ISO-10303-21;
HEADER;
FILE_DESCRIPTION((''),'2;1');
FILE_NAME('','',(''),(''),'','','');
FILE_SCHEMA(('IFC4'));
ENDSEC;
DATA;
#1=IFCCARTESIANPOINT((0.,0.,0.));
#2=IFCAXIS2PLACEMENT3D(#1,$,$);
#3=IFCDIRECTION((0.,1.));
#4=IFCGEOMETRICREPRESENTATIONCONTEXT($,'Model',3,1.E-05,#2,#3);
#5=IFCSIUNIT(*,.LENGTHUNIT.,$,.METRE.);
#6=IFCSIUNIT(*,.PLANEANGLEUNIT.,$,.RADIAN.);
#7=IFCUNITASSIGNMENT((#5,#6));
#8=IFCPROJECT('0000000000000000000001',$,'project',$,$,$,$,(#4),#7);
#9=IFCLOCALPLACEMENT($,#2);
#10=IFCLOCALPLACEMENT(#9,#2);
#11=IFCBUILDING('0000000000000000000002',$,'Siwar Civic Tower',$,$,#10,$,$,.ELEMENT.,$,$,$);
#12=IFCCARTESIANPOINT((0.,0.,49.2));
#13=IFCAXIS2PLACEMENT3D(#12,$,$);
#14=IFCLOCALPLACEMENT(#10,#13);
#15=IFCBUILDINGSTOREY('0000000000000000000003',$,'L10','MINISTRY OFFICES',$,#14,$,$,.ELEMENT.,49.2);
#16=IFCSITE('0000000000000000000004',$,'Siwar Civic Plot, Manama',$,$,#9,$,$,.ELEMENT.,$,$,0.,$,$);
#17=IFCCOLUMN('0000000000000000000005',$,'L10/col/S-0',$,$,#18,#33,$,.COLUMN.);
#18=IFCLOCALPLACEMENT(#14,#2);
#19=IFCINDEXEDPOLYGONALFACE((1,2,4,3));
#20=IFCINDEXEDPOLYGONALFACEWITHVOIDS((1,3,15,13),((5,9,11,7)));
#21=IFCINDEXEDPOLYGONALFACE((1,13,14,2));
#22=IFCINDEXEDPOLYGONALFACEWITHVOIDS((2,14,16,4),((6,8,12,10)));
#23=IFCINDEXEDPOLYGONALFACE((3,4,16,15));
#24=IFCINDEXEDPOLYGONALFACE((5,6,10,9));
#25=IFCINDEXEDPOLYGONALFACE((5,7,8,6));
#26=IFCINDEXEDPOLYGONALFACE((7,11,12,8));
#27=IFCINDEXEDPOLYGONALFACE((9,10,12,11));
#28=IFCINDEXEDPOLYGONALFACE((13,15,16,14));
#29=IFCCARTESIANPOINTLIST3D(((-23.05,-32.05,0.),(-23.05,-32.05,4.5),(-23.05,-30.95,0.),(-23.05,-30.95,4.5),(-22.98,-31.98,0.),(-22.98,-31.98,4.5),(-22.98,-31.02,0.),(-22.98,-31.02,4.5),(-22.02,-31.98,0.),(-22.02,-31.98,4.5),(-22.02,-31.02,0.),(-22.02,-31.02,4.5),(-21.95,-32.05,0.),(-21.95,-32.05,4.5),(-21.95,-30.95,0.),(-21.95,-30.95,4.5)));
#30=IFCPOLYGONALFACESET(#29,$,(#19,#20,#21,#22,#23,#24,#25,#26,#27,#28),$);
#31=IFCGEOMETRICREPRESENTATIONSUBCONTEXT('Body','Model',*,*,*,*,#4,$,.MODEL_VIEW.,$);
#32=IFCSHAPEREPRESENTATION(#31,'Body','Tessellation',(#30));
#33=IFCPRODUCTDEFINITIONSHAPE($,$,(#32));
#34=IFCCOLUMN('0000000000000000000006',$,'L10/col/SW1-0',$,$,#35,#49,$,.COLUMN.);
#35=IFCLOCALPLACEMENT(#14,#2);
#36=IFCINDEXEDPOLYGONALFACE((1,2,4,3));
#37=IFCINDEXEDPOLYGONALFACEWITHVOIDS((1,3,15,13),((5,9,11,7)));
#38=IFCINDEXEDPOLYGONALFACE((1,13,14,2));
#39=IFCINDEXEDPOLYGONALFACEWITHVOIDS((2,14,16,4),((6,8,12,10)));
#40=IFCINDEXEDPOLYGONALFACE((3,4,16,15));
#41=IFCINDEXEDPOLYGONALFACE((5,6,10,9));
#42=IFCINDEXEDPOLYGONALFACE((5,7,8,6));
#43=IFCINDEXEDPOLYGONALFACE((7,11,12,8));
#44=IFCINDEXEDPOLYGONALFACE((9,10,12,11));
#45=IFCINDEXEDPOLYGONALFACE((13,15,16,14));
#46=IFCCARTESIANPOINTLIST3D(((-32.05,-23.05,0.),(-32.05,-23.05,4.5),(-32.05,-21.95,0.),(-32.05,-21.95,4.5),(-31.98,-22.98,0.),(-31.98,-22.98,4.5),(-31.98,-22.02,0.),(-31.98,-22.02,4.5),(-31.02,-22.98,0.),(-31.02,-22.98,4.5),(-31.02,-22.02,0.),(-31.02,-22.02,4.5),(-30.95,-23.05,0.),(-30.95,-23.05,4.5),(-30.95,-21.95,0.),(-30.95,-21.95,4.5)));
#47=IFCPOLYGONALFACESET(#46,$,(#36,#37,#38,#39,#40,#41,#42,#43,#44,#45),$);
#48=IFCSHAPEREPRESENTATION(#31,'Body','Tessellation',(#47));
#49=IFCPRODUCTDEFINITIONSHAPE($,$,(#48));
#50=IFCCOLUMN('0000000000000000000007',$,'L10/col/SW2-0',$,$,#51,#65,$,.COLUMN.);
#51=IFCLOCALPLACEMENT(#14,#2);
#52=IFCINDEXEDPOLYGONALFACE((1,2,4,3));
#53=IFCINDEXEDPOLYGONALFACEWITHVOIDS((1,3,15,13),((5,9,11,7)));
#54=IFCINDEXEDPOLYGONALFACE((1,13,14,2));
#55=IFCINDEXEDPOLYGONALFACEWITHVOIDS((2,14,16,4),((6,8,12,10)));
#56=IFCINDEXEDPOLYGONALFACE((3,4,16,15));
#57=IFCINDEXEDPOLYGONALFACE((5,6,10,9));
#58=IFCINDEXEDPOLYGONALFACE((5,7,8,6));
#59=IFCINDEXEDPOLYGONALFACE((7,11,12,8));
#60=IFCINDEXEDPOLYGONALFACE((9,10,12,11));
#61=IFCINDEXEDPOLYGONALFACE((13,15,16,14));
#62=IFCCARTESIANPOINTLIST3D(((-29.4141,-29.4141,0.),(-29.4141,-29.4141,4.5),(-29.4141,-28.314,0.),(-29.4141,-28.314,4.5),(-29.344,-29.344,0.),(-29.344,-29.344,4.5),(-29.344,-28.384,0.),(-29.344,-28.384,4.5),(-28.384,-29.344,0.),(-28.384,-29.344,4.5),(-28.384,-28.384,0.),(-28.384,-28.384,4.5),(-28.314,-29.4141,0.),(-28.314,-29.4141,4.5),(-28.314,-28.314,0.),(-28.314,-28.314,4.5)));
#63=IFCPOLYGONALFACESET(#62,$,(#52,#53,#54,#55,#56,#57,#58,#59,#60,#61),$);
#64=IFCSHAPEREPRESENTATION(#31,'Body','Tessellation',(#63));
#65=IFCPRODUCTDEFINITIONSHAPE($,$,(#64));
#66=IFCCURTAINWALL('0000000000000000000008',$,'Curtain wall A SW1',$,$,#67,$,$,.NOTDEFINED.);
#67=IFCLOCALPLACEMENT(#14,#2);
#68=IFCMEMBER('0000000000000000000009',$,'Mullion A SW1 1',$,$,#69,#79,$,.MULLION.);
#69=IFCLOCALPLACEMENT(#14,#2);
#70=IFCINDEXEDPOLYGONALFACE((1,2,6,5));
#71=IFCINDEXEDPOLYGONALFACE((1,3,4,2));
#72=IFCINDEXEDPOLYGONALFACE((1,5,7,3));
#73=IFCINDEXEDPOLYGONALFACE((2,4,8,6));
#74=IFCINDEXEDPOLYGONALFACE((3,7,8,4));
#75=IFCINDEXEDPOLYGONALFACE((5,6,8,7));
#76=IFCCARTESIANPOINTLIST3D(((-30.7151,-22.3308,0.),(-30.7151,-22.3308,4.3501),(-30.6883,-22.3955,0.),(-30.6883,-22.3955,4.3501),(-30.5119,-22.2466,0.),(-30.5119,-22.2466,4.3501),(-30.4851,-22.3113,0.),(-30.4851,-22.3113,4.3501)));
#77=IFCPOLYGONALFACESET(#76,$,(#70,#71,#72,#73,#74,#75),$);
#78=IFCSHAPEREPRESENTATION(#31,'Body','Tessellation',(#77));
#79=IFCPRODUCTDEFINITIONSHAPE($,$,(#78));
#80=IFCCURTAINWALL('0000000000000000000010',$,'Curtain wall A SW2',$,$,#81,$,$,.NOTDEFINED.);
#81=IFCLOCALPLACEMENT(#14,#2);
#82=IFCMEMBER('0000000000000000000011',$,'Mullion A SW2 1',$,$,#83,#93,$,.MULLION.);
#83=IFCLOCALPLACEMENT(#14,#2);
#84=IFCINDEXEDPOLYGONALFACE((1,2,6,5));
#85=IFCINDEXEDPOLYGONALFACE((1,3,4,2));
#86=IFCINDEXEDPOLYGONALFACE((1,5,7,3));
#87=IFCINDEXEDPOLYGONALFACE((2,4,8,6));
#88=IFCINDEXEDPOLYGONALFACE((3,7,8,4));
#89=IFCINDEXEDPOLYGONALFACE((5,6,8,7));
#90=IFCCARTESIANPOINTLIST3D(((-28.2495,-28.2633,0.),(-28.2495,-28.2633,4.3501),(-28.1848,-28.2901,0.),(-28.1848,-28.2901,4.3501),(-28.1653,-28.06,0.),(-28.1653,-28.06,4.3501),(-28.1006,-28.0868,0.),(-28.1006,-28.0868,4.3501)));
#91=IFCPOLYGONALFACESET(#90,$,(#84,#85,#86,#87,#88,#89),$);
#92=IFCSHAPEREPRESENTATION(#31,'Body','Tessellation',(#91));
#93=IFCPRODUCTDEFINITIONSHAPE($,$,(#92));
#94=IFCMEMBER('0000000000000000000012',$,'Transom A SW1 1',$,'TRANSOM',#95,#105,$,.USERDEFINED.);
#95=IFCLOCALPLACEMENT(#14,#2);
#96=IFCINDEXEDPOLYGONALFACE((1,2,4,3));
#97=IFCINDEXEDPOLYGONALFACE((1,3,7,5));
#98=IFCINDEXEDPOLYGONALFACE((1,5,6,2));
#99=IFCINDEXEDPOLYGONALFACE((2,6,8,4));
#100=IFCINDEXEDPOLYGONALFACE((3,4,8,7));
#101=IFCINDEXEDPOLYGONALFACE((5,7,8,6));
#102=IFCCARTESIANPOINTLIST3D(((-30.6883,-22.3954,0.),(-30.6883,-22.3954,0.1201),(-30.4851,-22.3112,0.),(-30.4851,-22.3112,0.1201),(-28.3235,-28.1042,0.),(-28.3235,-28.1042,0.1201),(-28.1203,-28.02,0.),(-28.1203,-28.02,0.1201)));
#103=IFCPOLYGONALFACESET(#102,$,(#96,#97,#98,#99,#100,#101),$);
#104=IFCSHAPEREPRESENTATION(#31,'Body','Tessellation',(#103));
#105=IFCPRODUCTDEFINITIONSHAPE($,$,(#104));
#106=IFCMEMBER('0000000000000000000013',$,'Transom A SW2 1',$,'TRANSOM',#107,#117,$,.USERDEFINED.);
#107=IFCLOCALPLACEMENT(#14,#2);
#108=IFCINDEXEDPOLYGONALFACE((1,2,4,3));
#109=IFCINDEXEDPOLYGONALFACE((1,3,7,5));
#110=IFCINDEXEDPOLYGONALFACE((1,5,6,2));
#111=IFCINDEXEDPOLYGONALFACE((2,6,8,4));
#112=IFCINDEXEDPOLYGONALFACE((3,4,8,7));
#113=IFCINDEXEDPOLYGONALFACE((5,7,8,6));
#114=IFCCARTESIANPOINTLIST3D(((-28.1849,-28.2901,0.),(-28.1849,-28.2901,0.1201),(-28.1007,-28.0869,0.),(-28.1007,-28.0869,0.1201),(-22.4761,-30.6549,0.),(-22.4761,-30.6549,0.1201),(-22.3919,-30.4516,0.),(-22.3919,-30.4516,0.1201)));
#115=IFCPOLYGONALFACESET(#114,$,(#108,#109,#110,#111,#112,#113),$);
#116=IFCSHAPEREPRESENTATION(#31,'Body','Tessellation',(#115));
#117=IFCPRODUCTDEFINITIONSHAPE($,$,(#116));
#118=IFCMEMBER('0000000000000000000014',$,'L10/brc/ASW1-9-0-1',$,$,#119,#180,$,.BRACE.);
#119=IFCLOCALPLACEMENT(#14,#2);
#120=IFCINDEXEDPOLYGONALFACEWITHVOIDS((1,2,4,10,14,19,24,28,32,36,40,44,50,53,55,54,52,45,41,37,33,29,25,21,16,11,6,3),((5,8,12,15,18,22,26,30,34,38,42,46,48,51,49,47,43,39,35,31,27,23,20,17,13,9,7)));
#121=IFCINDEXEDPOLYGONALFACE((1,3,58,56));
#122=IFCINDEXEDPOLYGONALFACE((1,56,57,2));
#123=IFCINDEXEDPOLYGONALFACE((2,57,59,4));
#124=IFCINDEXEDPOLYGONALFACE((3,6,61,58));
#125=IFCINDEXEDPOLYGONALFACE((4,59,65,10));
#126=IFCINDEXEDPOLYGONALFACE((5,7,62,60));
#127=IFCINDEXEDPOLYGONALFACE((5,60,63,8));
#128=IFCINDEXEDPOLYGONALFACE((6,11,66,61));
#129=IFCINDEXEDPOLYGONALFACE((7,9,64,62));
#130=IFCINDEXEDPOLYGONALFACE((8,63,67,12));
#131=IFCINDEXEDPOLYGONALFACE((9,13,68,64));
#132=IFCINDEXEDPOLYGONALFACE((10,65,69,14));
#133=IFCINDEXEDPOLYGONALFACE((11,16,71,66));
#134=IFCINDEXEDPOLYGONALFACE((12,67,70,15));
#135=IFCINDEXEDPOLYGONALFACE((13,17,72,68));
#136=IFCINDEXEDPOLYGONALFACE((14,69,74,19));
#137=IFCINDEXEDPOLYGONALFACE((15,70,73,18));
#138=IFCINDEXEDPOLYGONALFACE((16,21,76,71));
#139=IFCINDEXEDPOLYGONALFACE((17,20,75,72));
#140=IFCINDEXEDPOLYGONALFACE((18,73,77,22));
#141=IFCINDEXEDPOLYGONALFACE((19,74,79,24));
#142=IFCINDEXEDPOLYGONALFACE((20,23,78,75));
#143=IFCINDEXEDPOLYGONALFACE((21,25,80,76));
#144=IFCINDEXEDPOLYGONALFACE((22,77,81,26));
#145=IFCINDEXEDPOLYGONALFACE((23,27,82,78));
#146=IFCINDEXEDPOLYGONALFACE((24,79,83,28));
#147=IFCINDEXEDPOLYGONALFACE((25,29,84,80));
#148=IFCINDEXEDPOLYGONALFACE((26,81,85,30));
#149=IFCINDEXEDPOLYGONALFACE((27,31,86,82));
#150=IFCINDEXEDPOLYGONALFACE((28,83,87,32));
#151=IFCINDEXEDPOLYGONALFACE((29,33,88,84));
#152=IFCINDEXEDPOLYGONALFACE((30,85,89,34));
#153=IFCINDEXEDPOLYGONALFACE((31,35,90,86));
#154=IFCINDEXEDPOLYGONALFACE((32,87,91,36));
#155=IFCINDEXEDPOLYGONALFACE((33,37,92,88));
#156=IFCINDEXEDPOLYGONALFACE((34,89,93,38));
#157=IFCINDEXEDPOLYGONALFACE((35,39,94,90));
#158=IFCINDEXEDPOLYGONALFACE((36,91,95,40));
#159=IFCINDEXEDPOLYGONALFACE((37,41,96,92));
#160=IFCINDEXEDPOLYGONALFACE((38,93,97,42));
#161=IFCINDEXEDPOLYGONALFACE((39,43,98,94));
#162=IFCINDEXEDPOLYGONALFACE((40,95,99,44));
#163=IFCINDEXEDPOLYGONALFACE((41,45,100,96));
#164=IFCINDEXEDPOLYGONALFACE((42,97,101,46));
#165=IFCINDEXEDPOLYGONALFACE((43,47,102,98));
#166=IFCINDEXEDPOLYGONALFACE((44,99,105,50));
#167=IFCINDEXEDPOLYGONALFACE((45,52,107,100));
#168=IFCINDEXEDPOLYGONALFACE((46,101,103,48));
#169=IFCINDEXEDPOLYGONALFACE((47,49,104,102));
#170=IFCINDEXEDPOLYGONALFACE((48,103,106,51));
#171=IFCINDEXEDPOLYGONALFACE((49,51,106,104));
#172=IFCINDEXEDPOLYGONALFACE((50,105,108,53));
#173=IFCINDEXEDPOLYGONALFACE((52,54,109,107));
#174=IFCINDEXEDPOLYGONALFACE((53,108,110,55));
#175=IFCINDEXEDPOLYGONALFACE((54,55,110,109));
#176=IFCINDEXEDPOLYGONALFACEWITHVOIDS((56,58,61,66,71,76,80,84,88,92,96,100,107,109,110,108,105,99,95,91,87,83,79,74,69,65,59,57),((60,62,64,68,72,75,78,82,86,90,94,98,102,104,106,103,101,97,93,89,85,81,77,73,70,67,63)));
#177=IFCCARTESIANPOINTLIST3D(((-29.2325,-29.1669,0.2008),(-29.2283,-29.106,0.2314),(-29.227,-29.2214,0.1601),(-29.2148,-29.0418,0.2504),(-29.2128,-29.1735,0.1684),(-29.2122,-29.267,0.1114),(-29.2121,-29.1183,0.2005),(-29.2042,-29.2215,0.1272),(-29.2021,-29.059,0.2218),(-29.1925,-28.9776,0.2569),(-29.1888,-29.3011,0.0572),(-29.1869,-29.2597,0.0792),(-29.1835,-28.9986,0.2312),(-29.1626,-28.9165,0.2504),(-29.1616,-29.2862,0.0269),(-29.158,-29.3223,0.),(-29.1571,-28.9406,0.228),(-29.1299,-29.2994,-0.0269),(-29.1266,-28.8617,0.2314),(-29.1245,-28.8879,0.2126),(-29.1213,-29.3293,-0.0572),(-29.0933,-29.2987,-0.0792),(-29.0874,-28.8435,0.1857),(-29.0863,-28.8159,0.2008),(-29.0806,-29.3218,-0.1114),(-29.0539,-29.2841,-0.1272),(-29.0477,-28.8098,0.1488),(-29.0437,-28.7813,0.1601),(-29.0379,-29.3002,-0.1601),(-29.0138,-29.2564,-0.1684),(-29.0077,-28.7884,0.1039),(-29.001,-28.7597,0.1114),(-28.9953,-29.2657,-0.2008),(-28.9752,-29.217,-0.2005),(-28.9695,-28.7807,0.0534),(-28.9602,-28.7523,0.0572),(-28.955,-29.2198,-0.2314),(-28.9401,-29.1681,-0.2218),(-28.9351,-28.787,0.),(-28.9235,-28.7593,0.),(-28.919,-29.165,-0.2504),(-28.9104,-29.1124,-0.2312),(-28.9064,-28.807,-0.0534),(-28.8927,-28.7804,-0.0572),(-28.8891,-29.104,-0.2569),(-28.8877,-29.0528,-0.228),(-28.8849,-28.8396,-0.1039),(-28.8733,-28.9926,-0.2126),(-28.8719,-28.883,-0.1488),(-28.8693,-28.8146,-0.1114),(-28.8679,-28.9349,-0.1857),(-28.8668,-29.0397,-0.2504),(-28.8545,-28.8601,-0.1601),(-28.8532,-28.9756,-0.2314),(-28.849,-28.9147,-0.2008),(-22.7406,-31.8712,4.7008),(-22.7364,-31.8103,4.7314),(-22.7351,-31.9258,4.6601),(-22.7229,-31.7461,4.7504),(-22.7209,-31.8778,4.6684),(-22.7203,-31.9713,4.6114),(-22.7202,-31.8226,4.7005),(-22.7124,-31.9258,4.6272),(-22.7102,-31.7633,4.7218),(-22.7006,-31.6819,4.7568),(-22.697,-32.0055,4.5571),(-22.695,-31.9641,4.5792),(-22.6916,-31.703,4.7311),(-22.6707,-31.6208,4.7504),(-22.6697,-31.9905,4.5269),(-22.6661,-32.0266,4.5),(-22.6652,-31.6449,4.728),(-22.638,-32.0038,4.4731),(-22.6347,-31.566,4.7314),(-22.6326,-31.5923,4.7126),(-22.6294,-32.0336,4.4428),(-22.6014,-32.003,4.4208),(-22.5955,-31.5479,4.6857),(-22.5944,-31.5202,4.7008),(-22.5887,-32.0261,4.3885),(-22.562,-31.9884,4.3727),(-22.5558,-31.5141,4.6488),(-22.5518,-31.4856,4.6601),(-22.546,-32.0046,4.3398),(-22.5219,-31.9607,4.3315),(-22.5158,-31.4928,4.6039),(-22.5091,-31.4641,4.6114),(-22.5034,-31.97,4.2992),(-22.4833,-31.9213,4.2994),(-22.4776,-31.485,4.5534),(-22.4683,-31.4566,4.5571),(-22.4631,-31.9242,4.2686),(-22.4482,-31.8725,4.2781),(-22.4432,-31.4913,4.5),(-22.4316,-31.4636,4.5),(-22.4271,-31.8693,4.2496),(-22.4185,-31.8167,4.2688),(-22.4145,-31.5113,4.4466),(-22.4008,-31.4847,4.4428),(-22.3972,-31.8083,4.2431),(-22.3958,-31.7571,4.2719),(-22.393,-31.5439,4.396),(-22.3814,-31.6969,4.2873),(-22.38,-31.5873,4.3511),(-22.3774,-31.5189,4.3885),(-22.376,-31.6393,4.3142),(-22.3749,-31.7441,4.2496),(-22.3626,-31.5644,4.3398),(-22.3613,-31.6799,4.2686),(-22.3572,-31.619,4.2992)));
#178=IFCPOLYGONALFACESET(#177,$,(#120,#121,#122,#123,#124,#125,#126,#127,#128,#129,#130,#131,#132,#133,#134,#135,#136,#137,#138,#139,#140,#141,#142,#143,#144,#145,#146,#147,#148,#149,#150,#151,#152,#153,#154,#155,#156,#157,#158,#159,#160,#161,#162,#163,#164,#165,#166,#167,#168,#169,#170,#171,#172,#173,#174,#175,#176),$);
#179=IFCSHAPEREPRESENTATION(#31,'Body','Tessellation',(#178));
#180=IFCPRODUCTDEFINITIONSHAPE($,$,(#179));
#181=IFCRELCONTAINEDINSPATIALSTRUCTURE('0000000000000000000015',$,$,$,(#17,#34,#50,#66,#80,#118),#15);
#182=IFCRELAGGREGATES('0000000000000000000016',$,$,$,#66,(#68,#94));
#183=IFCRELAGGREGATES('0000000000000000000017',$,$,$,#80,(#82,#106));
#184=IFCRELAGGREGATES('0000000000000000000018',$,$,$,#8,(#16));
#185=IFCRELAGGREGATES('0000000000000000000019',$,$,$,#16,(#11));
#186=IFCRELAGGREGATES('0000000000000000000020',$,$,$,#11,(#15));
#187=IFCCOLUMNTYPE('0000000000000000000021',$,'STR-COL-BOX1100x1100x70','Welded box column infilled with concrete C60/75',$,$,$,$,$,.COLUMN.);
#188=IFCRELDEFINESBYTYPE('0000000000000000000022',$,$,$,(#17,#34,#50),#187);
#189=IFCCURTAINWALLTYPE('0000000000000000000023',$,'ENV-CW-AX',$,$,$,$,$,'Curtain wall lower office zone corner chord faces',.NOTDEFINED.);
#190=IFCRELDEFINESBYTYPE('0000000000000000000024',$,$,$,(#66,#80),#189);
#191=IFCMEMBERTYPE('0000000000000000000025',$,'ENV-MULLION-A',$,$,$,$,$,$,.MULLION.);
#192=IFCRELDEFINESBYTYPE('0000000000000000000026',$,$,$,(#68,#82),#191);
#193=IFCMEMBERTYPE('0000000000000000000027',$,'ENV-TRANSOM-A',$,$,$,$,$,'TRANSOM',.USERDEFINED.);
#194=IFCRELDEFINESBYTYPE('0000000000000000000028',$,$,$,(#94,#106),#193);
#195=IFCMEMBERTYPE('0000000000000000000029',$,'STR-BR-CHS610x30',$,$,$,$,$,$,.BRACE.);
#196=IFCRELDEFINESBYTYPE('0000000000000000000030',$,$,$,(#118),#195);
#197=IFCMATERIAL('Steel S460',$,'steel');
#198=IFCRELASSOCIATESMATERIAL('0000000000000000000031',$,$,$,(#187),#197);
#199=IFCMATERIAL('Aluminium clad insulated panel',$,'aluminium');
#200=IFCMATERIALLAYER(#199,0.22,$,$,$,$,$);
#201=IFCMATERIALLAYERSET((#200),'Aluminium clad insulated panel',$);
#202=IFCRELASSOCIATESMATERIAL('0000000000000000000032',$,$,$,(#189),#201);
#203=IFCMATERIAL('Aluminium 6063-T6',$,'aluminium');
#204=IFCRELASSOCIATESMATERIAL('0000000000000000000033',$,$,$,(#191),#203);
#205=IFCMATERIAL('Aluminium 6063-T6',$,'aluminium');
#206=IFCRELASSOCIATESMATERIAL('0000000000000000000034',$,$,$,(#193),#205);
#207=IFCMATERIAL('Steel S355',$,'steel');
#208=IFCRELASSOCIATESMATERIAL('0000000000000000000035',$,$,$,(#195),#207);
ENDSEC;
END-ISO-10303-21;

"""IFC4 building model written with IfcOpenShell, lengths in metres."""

from ifc_helpers import new_model, si_unit, direction, frame, origin, origin_2d, place, context, subcontext, project, spatial, rectangle, hollow_rectangle, hollow_circle, extrude, material, layer, layer_set, material_profile, profile_set, type_object, element, aggregate, save


model = new_model("IFC4")

# Units and contexts
model_context = context("Model", 3, precision=1e-05, world=origin(), true_north=direction((0.0, 1.0)))
body_context = subcontext(model_context, "Body", "Model", "MODEL_VIEW")
ifc_project = project(units=[si_unit("LENGTHUNIT", "METRE"), si_unit("PLANEANGLEUNIT", "RADIAN")], contexts=[model_context])

# Site, building, storey
site_placement = place(None, origin())
site = spatial("IfcSite", under=ifc_project, at=site_placement, Name="Siwar Civic Plot, Manama", CompositionType="ELEMENT", RefElevation=0.0)
building_placement = place(site_placement, origin())
building = spatial("IfcBuilding", under=site, at=building_placement, Name="Siwar Civic Tower", CompositionType="ELEMENT")
storey_placement = place(building_placement, frame((0.0, 0.0, 49.2)))
storey = spatial("IfcBuildingStorey", under=building, at=storey_placement, Name="L10", Description="MINISTRY OFFICES", CompositionType="ELEMENT", Elevation=49.2)

# Columns
ifc_material_1 = material(Name="Steel S460", Category="steel")
ifc_material_profile_1 = material_profile(ifc_material_1, hollow_rectangle(XDim=1.1001, YDim=1.1001, WallThickness=0.0701, at=origin_2d()), Name="BOX1100x1100x70")
ifc_profile_set_1 = profile_set([ifc_material_profile_1], Name="Steel S460")
column_type = type_object("IfcColumnType", Name="STR-COL-BOX1100x1100x70", Description="Welded box column infilled with concrete C60/75", PredefinedType="COLUMN", material=ifc_profile_set_1)
for number, where, z_axis, x_axis, name in (
    (1, (-22.5, -31.5, 0.0), (0.0, 0.0, 1.0), (1.0, 0.0, 0.0), "L10/col/S-0"),
    (2, (-31.5, -22.5, 0.0), (0.0, 0.0, 1.0), (1.0, 0.0, 0.0), "L10/col/SW1-0"),
    (3, (-28.864, -28.864, 0.0), (0.0, 0.0, 1.0), (1.0, 0.0, 0.0), "L10/col/SW2-0"),
):
    element("IfcColumn", number, at=place(storey_placement, frame(where, z_axis=z_axis, x_axis=x_axis)), inside=storey, type_object=column_type, Name=name, PredefinedType="COLUMN", context=body_context, shape_type="SweptSolid", body=[
        extrude(hollow_rectangle(XDim=1.1001, YDim=1.1001, WallThickness=0.0701, at=origin_2d()), origin(), (0.0, 0.0, 1.0), 4.5),
    ])

# Curtain walls, members
ifc_material_2 = material(Name="Aluminium clad insulated panel", Category="aluminium")
ifc_layer_1 = layer(ifc_material_2, 0.22)
ifc_layer_set_1 = layer_set([ifc_layer_1], Name="Aluminium clad insulated panel")
curtain_wall_type = type_object("IfcCurtainWallType", Name="ENV-CW-AX", ElementType="Curtain wall lower office zone corner chord faces", PredefinedType="NOTDEFINED", material=ifc_layer_set_1)
curtain_wall_1_placement = place(storey_placement, origin())
curtain_wall_1 = element("IfcCurtainWall", 4, at=curtain_wall_1_placement, inside=storey, type_object=curtain_wall_type, Name="Curtain wall A SW1", PredefinedType="NOTDEFINED")
ifc_material_3 = material(Name="Aluminium 6063-T6", Category="aluminium")
ifc_material_profile_2 = material_profile(ifc_material_3, rectangle(XDim=0.22, YDim=0.0701, at=origin_2d()), Name="AL 220x70")
ifc_profile_set_2 = profile_set([ifc_material_profile_2], Name="Aluminium 6063-T6")
member_type_1 = type_object("IfcMemberType", Name="ENV-MULLION-A", PredefinedType="MULLION", material=ifc_profile_set_2)
member_1_placement = place(storey_placement, frame((-30.6001, -22.321, 0.0), z_axis=(0.0, 0.0, 1.0), x_axis=(0.92388, 0.382683, 0.0)))
member_1 = element("IfcMember", 5, at=member_1_placement, type_object=member_type_1, Name="Mullion A SW1 1", PredefinedType="MULLION", context=body_context, shape_type="SweptSolid", body=[
    extrude(rectangle(XDim=0.22, YDim=0.0701, at=origin_2d()), origin(), (0.0, 0.0, 1.0), 4.3501),
])
curtain_wall_2_placement = place(storey_placement, origin())
curtain_wall_2 = element("IfcCurtainWall", 6, at=curtain_wall_2_placement, inside=storey, type_object=curtain_wall_type, Name="Curtain wall A SW2", PredefinedType="NOTDEFINED")
member_2_placement = place(storey_placement, frame((-28.175, -28.175, 0.0), z_axis=(0.0, 0.0, 1.0), x_axis=(0.382683, 0.92388, 0.0)))
member_2 = element("IfcMember", 7, at=member_2_placement, type_object=member_type_1, Name="Mullion A SW2 1", PredefinedType="MULLION", context=body_context, shape_type="SweptSolid", body=[
    extrude(rectangle(XDim=0.22, YDim=0.0701, at=origin_2d()), origin(), (0.0, 0.0, 1.0), 4.3501),
])

# Members
ifc_material_4 = material(Name="Aluminium 6063-T6", Category="aluminium")
ifc_material_profile_3 = material_profile(ifc_material_4, rectangle(XDim=0.22, YDim=0.1201, at=origin_2d()), Name="AL 220x120")
ifc_profile_set_3 = profile_set([ifc_material_profile_3], Name="Aluminium 6063-T6")
member_type_2 = type_object("IfcMemberType", Name="ENV-TRANSOM-A", ElementType="TRANSOM", PredefinedType="USERDEFINED", material=ifc_profile_set_3)
member_3_placement = place(storey_placement, frame((-30.5867, -22.3533, 0.0601), z_axis=(0.382698, -0.923873, 0.0), x_axis=(0.923873, 0.382698, 0.0)))
member_3 = element("IfcMember", 8, at=member_3_placement, type_object=member_type_2, Name="Transom A SW1 1", ObjectType="TRANSOM", PredefinedType="USERDEFINED", context=body_context, shape_type="SweptSolid", body=[
    extrude(rectangle(XDim=0.22, YDim=0.1201, at=origin_2d()), origin(), (0.0, 0.0, 1.0), 6.1792),
])
member_4_placement = place(storey_placement, frame((-28.1428, -28.1885, 0.0601), z_axis=(0.923873, -0.382698, 0.0), x_axis=(0.382698, 0.923873, 0.0)))
member_4 = element("IfcMember", 9, at=member_4_placement, type_object=member_type_2, Name="Transom A SW2 1", ObjectType="TRANSOM", PredefinedType="USERDEFINED", context=body_context, shape_type="SweptSolid", body=[
    extrude(rectangle(XDim=0.22, YDim=0.1201, at=origin_2d()), origin(), (0.0, 0.0, 1.0), 6.1792),
])

# Member
ifc_material_5 = material(Name="Steel S355", Category="steel")
ifc_material_profile_4 = material_profile(ifc_material_5, hollow_circle(Radius=0.3049, WallThickness=0.03, at=origin_2d()), Name="CHS610x30")
ifc_profile_set_4 = profile_set([ifc_material_profile_4], Name="Steel S355")
member_type_3 = type_object("IfcMemberType", Name="STR-BR-CHS610x30", PredefinedType="BRACE", material=ifc_profile_set_4)
member_5_placement = place(storey_placement, frame((-29.0408, -29.0408, 0.0), z_axis=(0.777555, -0.323906, 0.538975), x_axis=(0.384539, 0.923109, 0.0)))
element("IfcMember", 10, at=member_5_placement, inside=storey, type_object=member_type_3, Name="L10/brc/ASW1-9-0-1", PredefinedType="BRACE", context=body_context, shape_type="SweptSolid", body=[
    extrude(hollow_circle(Radius=0.3049, WallThickness=0.03, at=origin_2d()), origin(), (0.0, 0.0, 1.0), 8.3491),
])

aggregate(curtain_wall_1, [member_1, member_3])
aggregate(curtain_wall_2, [member_2, member_4])

save(model, "model.ifc")
